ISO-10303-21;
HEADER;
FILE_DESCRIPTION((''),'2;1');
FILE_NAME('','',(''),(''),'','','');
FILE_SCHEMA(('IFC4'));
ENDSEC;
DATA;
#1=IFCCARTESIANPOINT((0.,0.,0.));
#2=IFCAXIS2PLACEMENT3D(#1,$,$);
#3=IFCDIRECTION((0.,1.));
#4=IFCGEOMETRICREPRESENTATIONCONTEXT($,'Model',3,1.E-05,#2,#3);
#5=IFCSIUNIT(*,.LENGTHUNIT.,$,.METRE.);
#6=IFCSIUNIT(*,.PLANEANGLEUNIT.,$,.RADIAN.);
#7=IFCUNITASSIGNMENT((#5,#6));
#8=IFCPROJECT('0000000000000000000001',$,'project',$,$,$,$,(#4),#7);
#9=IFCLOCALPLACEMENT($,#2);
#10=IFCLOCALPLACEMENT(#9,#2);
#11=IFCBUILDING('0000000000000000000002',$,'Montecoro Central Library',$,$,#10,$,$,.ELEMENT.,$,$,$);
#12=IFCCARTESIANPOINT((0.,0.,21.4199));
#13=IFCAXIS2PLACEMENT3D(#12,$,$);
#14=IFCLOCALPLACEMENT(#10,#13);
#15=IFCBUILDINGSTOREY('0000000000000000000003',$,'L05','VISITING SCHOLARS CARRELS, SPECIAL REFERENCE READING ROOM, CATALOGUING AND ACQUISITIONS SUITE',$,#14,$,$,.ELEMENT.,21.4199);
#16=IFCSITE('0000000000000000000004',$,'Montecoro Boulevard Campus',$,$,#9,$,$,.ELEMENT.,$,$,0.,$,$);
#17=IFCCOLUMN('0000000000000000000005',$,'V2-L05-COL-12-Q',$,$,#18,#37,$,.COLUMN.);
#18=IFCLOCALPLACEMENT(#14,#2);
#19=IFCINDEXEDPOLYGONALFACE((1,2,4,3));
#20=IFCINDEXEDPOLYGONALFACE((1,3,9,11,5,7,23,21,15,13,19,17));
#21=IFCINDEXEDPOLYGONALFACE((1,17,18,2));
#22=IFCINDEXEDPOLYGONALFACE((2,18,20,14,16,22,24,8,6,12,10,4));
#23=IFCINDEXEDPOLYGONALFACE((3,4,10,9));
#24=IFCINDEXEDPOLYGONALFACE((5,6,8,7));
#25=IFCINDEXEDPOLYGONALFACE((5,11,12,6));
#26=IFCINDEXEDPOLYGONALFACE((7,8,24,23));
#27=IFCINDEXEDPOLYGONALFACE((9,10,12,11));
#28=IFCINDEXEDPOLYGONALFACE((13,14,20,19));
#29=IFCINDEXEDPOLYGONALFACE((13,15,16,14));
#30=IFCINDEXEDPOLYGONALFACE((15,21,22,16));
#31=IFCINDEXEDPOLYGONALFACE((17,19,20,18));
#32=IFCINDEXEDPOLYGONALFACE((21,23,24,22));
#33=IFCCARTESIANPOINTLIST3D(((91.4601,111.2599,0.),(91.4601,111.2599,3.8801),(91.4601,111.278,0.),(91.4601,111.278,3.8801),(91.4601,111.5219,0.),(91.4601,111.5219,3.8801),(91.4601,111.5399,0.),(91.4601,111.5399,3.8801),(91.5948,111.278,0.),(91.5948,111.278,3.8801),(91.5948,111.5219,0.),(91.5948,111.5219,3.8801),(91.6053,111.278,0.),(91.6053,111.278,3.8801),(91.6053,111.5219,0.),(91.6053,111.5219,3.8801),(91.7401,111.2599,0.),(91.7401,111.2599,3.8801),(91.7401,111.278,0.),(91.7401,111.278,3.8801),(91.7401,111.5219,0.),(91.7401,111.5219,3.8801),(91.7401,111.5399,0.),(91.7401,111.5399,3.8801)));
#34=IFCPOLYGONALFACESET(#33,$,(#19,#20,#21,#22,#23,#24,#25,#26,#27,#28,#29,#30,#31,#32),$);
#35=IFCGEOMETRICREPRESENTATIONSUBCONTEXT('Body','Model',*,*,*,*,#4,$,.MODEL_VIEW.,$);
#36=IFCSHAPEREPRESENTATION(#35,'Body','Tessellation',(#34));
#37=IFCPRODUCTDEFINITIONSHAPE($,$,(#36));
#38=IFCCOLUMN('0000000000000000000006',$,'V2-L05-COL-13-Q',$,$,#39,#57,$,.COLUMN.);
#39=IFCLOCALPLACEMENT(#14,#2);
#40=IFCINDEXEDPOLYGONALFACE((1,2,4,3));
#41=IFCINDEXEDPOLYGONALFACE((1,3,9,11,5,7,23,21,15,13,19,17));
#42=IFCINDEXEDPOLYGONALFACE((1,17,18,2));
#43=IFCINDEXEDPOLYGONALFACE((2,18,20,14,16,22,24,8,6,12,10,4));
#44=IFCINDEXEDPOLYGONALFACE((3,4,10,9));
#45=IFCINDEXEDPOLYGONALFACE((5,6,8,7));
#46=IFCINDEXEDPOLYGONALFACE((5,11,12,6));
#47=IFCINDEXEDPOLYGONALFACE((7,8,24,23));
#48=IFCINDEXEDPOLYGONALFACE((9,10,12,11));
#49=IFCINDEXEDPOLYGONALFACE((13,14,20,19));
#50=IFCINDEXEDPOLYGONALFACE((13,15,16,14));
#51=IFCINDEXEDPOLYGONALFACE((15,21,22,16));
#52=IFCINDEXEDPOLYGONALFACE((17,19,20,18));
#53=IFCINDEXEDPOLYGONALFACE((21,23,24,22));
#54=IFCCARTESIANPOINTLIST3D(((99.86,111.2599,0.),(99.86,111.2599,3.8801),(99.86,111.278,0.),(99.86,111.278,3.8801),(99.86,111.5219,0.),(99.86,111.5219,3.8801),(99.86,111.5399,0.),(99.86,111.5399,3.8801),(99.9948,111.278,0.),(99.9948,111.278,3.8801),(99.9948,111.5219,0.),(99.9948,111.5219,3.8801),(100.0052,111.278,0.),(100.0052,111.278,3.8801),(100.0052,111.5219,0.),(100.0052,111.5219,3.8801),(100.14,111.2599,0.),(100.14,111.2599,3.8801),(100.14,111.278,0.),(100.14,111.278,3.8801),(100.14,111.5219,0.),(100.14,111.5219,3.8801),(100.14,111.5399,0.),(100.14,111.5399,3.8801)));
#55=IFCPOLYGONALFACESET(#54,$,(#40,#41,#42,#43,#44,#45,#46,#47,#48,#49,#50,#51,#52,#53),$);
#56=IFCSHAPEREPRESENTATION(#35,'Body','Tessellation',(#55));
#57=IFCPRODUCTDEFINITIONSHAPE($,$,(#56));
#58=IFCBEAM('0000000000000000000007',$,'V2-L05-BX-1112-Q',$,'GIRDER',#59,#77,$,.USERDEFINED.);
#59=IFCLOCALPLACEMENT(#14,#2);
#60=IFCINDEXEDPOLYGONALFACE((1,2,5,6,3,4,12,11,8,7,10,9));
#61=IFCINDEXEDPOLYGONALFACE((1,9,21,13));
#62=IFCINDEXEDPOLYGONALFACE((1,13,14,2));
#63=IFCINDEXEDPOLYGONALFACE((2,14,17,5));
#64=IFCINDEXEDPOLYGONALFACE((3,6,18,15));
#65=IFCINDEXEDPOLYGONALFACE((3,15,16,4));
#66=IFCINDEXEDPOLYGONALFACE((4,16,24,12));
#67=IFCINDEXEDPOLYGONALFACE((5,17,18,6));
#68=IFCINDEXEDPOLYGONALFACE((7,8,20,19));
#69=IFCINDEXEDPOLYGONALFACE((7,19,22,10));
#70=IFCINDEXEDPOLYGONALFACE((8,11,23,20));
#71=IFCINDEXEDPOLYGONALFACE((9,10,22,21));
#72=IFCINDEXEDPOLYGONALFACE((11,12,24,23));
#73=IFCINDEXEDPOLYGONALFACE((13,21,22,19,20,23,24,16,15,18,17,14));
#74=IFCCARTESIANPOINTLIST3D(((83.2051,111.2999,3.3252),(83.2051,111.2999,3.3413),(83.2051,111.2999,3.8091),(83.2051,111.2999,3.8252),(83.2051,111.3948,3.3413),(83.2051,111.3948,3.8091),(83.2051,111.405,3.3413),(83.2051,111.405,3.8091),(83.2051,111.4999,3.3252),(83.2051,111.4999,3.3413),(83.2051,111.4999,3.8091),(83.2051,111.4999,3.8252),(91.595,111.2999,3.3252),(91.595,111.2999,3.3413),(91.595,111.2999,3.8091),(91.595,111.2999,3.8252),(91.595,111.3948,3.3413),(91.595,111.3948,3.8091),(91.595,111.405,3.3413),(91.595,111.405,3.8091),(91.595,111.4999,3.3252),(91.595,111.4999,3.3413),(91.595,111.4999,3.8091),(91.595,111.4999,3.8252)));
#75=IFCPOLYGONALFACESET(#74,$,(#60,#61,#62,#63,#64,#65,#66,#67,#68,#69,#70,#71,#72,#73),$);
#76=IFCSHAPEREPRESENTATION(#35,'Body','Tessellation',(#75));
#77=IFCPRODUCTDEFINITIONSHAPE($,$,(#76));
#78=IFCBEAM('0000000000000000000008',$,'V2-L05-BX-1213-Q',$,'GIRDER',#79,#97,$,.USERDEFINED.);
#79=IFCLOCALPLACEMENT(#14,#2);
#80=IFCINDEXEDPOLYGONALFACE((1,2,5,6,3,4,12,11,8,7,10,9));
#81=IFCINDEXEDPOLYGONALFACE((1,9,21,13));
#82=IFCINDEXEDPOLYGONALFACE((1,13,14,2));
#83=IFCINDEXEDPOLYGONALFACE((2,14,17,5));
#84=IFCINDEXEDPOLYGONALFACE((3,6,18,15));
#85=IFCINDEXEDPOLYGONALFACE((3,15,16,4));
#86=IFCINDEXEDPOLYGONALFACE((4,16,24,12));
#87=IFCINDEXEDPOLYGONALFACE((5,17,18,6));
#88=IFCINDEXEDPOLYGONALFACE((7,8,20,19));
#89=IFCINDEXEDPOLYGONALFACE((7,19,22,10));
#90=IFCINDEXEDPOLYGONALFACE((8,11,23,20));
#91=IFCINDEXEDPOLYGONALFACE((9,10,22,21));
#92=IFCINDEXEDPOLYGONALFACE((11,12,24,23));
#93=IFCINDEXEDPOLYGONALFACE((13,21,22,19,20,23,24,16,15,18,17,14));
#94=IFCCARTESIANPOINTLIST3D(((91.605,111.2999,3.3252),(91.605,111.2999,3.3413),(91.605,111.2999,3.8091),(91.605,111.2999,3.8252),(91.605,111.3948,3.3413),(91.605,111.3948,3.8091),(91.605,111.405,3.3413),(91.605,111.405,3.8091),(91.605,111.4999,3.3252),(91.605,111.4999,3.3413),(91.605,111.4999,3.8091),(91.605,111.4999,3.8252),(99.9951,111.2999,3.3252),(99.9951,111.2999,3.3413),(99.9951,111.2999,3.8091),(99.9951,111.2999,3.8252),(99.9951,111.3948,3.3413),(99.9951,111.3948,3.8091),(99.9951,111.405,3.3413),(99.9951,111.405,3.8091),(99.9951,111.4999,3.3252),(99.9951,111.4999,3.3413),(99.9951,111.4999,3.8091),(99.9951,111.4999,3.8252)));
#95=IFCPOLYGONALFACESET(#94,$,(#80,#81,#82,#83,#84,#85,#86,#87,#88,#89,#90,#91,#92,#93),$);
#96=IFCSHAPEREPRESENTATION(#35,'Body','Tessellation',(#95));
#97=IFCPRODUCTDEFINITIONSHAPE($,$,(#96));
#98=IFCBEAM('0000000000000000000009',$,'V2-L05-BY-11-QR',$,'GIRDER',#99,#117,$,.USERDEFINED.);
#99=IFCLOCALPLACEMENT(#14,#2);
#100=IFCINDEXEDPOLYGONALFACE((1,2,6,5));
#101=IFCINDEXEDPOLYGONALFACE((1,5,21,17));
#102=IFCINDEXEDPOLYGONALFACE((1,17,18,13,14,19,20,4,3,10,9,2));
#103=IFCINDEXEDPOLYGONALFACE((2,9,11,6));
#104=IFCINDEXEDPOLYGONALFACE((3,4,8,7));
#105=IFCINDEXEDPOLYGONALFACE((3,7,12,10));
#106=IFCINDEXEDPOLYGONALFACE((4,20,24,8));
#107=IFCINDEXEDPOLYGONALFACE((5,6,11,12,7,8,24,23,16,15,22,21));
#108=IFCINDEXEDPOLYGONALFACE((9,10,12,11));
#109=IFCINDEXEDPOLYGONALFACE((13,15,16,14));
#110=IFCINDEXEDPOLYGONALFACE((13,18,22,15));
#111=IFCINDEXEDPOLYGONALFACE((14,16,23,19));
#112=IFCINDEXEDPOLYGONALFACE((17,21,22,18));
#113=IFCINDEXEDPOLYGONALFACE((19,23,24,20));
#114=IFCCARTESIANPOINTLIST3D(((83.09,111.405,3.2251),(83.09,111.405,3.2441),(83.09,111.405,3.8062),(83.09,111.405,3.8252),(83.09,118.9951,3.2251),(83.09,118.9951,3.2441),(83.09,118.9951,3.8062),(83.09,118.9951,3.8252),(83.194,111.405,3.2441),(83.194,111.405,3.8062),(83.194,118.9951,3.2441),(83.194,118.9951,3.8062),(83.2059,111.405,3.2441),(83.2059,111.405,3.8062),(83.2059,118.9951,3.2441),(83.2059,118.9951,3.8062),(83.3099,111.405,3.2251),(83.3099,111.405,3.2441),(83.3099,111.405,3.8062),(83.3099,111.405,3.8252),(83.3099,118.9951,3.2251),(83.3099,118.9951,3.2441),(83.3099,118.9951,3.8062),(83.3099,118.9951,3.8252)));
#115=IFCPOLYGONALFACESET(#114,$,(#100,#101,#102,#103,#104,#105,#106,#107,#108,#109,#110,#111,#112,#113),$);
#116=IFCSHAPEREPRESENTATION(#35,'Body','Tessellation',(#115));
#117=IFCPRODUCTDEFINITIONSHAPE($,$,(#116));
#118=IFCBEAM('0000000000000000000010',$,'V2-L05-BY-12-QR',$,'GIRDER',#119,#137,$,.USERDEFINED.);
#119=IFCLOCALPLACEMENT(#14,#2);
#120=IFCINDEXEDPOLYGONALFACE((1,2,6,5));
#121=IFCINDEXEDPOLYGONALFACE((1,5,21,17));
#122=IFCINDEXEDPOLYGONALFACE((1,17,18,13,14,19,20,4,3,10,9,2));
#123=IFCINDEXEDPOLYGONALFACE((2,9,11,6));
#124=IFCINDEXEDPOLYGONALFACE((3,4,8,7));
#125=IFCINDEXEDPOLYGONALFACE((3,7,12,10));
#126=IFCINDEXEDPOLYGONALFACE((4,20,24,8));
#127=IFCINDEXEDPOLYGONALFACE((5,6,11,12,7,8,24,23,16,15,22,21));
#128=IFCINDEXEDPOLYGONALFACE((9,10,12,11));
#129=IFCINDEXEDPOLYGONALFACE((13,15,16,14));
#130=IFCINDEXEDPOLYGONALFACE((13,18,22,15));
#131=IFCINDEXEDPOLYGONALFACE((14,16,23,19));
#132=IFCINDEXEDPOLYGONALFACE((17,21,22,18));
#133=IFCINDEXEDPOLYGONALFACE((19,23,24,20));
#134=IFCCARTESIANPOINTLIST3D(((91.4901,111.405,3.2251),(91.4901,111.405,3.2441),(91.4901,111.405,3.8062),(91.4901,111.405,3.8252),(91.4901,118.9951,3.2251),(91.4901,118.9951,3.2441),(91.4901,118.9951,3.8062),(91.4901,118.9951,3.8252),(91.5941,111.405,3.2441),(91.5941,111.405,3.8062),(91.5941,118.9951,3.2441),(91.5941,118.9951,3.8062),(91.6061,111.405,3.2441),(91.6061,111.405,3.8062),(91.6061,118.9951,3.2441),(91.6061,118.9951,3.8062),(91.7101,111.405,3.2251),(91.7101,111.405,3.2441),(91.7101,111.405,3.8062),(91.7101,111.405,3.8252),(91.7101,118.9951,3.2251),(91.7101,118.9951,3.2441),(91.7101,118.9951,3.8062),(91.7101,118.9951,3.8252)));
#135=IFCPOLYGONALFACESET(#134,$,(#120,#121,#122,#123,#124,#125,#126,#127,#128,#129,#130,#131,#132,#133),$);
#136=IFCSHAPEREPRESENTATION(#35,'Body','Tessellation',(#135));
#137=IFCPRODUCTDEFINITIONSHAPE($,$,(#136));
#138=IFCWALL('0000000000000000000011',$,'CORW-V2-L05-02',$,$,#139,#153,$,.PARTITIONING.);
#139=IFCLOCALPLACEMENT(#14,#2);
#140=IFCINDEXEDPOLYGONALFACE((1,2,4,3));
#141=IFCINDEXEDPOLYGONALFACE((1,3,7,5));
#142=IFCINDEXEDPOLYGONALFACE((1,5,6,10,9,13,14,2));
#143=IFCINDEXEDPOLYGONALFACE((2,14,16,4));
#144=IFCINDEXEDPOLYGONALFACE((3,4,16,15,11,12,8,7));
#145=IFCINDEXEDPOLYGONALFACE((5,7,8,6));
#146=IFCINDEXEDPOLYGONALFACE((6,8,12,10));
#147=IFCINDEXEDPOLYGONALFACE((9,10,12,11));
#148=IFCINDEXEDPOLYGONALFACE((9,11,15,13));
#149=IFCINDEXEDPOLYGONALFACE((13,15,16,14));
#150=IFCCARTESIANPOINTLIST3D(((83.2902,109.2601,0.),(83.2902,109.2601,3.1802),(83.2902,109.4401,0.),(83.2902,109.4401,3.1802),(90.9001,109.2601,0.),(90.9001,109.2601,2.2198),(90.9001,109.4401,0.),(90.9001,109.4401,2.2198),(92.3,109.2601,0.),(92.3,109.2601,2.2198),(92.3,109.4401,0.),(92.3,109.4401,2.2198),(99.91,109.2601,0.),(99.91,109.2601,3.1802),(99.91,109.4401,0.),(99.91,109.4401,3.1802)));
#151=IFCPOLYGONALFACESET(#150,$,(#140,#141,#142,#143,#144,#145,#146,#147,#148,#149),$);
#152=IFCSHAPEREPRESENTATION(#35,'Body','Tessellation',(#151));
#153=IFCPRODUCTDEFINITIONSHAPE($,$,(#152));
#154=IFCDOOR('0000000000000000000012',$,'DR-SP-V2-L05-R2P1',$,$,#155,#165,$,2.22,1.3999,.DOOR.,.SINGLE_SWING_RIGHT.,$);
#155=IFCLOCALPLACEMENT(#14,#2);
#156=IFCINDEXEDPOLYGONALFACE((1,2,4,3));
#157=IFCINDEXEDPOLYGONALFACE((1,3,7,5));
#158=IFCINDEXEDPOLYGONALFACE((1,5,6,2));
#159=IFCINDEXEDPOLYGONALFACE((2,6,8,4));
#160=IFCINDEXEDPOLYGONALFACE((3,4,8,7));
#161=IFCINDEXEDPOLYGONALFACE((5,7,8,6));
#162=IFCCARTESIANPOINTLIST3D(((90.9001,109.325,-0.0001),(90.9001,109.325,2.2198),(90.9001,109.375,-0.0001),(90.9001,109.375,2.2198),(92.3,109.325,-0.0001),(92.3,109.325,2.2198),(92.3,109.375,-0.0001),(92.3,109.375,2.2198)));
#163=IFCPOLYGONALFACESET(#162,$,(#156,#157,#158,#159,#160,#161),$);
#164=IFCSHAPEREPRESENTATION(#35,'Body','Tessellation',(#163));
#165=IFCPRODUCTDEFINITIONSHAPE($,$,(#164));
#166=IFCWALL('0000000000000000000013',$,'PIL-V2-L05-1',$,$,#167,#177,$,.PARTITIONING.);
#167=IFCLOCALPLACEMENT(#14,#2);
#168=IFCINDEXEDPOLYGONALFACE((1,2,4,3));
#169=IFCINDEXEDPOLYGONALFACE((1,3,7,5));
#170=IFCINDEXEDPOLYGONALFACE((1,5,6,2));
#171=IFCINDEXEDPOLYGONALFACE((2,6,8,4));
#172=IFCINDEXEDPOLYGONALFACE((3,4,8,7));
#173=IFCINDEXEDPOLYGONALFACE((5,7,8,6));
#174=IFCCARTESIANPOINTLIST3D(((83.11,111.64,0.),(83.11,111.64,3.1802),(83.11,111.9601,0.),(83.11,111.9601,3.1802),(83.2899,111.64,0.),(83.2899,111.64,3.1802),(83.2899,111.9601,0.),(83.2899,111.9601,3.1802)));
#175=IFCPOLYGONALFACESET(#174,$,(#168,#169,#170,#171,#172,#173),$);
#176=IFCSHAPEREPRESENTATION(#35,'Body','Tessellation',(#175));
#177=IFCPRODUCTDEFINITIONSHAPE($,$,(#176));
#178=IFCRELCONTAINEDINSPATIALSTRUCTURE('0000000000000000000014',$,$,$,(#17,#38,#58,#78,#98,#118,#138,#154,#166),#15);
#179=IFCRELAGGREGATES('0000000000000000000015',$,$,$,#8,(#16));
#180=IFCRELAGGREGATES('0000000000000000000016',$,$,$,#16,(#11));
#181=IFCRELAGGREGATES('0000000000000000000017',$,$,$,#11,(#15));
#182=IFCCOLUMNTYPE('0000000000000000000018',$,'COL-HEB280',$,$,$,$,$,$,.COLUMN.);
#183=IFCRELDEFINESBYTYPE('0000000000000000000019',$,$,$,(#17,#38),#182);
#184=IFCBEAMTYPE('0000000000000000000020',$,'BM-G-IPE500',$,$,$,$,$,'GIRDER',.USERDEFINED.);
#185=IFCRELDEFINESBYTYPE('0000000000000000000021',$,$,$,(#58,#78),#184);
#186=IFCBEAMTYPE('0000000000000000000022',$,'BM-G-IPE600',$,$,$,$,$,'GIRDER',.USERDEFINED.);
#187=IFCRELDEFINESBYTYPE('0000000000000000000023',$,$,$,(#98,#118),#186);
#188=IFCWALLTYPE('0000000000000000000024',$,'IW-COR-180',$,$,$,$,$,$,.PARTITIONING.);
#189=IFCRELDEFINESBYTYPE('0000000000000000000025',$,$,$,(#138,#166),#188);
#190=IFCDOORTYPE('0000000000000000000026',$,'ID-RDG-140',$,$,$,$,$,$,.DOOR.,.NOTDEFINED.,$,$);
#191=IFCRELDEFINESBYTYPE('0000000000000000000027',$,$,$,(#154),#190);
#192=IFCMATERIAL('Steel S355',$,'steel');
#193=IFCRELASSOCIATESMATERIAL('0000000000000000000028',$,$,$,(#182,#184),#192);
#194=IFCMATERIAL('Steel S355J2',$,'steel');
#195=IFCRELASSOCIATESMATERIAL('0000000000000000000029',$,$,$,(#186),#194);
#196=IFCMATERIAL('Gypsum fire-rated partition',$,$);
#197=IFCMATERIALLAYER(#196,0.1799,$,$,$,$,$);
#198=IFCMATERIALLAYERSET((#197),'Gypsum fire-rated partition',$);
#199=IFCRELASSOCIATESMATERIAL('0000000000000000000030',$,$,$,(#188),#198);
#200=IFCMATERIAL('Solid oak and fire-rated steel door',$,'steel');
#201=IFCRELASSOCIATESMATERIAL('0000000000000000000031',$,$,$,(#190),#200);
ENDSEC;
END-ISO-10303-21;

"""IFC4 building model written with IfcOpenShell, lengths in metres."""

from ifc_helpers import new_model, si_unit, direction, frame, frame_2d, origin, origin_2d, place, context, subcontext, project, spatial, rectangle, i_section, extrude, material, layer, layer_set, material_profile, profile_set, type_object, element, fill, save


model = new_model("IFC4")

# Units and contexts
model_context = context("Model", 3, precision=1e-05, world=origin(), true_north=direction((0.0, 1.0)))
body_context = subcontext(model_context, "Body", "Model", "MODEL_VIEW")
ifc_project = project(units=[si_unit("LENGTHUNIT", "METRE"), si_unit("PLANEANGLEUNIT", "RADIAN")], contexts=[model_context])

# Site, building, storey
site_placement = place(None, origin())
site = spatial("IfcSite", under=ifc_project, at=site_placement, Name="Montecoro Boulevard Campus", CompositionType="ELEMENT", RefElevation=0.0)
building_placement = place(site_placement, origin())
building = spatial("IfcBuilding", under=site, at=building_placement, Name="Montecoro Central Library", CompositionType="ELEMENT")
storey_placement = place(building_placement, frame((0.0, 0.0, 21.4199)))
storey = spatial("IfcBuildingStorey", under=building, at=storey_placement, Name="L05", Description="VISITING SCHOLARS CARRELS, SPECIAL REFERENCE READING ROOM, CATALOGUING AND ACQUISITIONS SUITE", CompositionType="ELEMENT", Elevation=21.4199)

# Columns
ifc_material_1 = material(Name="Steel S355", Category="steel")
ifc_material_profile_1 = material_profile(ifc_material_1, i_section(OverallWidth=0.28, OverallDepth=0.28, WebThickness=0.0105, FlangeThickness=0.0181, at=origin_2d()), Name="HEB 280")
ifc_profile_set_1 = profile_set([ifc_material_profile_1], Name="Steel S355")
column_type = type_object("IfcColumnType", Name="COL-HEB280", PredefinedType="COLUMN", material=ifc_profile_set_1)
for number, where, z_axis, x_axis, name in (
    (1, (91.6001, 111.3999, 0.0), (0.0, 0.0, 1.0), (1.0, 0.0, 0.0), "V2-L05-COL-12-Q"),
    (2, (100.0, 111.3999, 0.0), (0.0, 0.0, 1.0), (1.0, 0.0, 0.0), "V2-L05-COL-13-Q"),
):
    element("IfcColumn", number, at=place(storey_placement, frame(where, z_axis=z_axis, x_axis=x_axis)), inside=storey, type_object=column_type, Name=name, PredefinedType="COLUMN", context=body_context, shape_type="SweptSolid", body=[
        extrude(i_section(OverallWidth=0.28, OverallDepth=0.28, WebThickness=0.0105, FlangeThickness=0.0181, at=origin_2d()), origin(), (0.0, 0.0, 1.0), 3.8801),
    ])

# Beams
ifc_material_profile_2 = material_profile(ifc_material_1, i_section(OverallWidth=0.2, OverallDepth=0.5, WebThickness=0.0103, FlangeThickness=0.0161, at=origin_2d()), Name="IPE 500")
ifc_profile_set_2 = profile_set([ifc_material_profile_2], Name="Steel S355")
beam_type_1 = type_object("IfcBeamType", Name="BM-G-IPE500", ElementType="GIRDER", PredefinedType="USERDEFINED", material=ifc_profile_set_2)
beam_1_placement = place(storey_placement, frame((83.2051, 111.3999, 3.5752), z_axis=(1.0, 0.0, 0.0), x_axis=(0.0, 1.0, 0.0)))
element("IfcBeam", 3, at=beam_1_placement, inside=storey, type_object=beam_type_1, Name="V2-L05-BX-1112-Q", ObjectType="GIRDER", PredefinedType="USERDEFINED", context=body_context, shape_type="SweptSolid", body=[
    extrude(i_section(OverallWidth=0.2, OverallDepth=0.5, WebThickness=0.0103, FlangeThickness=0.0161, at=origin_2d()), origin(), (0.0, 0.0, 1.0), 8.3899),
])
beam_2_placement = place(storey_placement, frame((91.605, 111.3999, 3.5752), z_axis=(1.0, 0.0, 0.0), x_axis=(0.0, 1.0, 0.0)))
element("IfcBeam", 4, at=beam_2_placement, inside=storey, type_object=beam_type_1, Name="V2-L05-BX-1213-Q", ObjectType="GIRDER", PredefinedType="USERDEFINED", context=body_context, shape_type="SweptSolid", body=[
    extrude(i_section(OverallWidth=0.2, OverallDepth=0.5, WebThickness=0.0103, FlangeThickness=0.0161, at=origin_2d()), origin(), (0.0, 0.0, 1.0), 8.3901),
])
ifc_material_2 = material(Name="Steel S355J2", Category="steel")
ifc_material_profile_3 = material_profile(ifc_material_2, i_section(OverallWidth=0.22, OverallDepth=0.6001, WebThickness=0.012, FlangeThickness=0.019, at=origin_2d()), Name="IPE 600")
ifc_profile_set_3 = profile_set([ifc_material_profile_3], Name="Steel S355J2")
beam_type_2 = type_object("IfcBeamType", Name="BM-G-IPE600", ElementType="GIRDER", PredefinedType="USERDEFINED", material=ifc_profile_set_3)
for number, where, z_axis, x_axis, name in (
    (5, (83.2, 111.405, 3.5251), (0.0, 1.0, 0.0), (-1.0, 0.0, 0.0), "V2-L05-BY-11-QR"),
    (6, (91.6001, 111.405, 3.5251), (0.0, 1.0, 0.0), (-1.0, 0.0, 0.0), "V2-L05-BY-12-QR"),
):
    element("IfcBeam", number, at=place(storey_placement, frame(where, z_axis=z_axis, x_axis=x_axis)), inside=storey, type_object=beam_type_2, Name=name, ObjectType="GIRDER", PredefinedType="USERDEFINED", context=body_context, shape_type="SweptSolid", body=[
        extrude(i_section(OverallWidth=0.22, OverallDepth=0.6001, WebThickness=0.012, FlangeThickness=0.019, at=origin_2d()), origin(), (0.0, 0.0, 1.0), 7.5901),
    ])

# Wall, opening, door
ifc_material_3 = material(Name="Gypsum fire-rated partition")
ifc_layer_1 = layer(ifc_material_3, 0.1799)
ifc_layer_set_1 = layer_set([ifc_layer_1], Name="Gypsum fire-rated partition")
wall_type_1 = type_object("IfcWallType", Name="IW-COR-180", PredefinedType="PARTITIONING", material=ifc_layer_set_1)
wall_1_placement = place(storey_placement, frame((83.29, 109.3501, 0.0), z_axis=(0.0, 0.0, 1.0), x_axis=(1.0, 0.0, 0.0)))
wall_1 = element("IfcWall", 7, at=wall_1_placement, inside=storey, type_object=wall_type_1, Name="CORW-V2-L05-02", PredefinedType="PARTITIONING", context=body_context, shape_type="SweptSolid", body=[
    extrude(rectangle(XDim=16.6199, YDim=0.1799, at=frame_2d((8.3101, 0.0))), origin(), (0.0, 0.0, 1.0), 3.1802),
])
opening_1_placement = place(wall_1_placement, frame((7.6101, 0.0, 0.0)))
opening_1 = element("IfcOpeningElement", 8, at=opening_1_placement, cuts=wall_1, PredefinedType="OPENING", context=body_context, shape_type="SweptSolid", body=[
    extrude(rectangle(XDim=1.3999, YDim=2.22, at=frame_2d((0.7, 1.1099))), frame((0.0, 0.0999, 0.0), z_axis=(0.0, -1.0, 0.0), x_axis=(1.0, 0.0, 0.0)), (0.0, 0.0, 1.0), 0.2),
])
ifc_material_4 = material(Name="Solid oak and fire-rated steel door", Category="steel")
door_type_1 = type_object("IfcDoorType", Name="ID-RDG-140", OperationType="NOTDEFINED", PredefinedType="DOOR", material=ifc_material_4)
door_1_placement = place(opening_1_placement, origin())
door_1 = element("IfcDoor", 9, at=door_1_placement, inside=storey, type_object=door_type_1, Name="DR-SP-V2-L05-R2P1", OperationType="SINGLE_SWING_RIGHT", OverallHeight=2.22, OverallWidth=1.3999, PredefinedType="DOOR", context=body_context, shape_type="SweptSolid", body=[
    extrude(rectangle(XDim=1.3999, YDim=2.22, at=frame_2d((0.7, 1.1099))), frame((0.0, 0.0249, 0.0), z_axis=(0.0, -1.0, 0.0), x_axis=(1.0, 0.0, 0.0)), (0.0, 0.0, 1.0), 0.05),
])
fill(opening_1, door_1)

# Wall
wall_2_placement = place(storey_placement, frame((83.2, 111.6399, 0.0), z_axis=(0.0, 0.0, 1.0), x_axis=(0.0, 1.0, 0.0)))
element("IfcWall", 10, at=wall_2_placement, inside=storey, type_object=wall_type_1, Name="PIL-V2-L05-1", PredefinedType="PARTITIONING", context=body_context, shape_type="SweptSolid", body=[
    extrude(rectangle(XDim=0.3201, YDim=0.1799, at=frame_2d((0.1602, 0.0))), origin(), (0.0, 0.0, 1.0), 3.1802),
])

save(model, "model.ifc")
